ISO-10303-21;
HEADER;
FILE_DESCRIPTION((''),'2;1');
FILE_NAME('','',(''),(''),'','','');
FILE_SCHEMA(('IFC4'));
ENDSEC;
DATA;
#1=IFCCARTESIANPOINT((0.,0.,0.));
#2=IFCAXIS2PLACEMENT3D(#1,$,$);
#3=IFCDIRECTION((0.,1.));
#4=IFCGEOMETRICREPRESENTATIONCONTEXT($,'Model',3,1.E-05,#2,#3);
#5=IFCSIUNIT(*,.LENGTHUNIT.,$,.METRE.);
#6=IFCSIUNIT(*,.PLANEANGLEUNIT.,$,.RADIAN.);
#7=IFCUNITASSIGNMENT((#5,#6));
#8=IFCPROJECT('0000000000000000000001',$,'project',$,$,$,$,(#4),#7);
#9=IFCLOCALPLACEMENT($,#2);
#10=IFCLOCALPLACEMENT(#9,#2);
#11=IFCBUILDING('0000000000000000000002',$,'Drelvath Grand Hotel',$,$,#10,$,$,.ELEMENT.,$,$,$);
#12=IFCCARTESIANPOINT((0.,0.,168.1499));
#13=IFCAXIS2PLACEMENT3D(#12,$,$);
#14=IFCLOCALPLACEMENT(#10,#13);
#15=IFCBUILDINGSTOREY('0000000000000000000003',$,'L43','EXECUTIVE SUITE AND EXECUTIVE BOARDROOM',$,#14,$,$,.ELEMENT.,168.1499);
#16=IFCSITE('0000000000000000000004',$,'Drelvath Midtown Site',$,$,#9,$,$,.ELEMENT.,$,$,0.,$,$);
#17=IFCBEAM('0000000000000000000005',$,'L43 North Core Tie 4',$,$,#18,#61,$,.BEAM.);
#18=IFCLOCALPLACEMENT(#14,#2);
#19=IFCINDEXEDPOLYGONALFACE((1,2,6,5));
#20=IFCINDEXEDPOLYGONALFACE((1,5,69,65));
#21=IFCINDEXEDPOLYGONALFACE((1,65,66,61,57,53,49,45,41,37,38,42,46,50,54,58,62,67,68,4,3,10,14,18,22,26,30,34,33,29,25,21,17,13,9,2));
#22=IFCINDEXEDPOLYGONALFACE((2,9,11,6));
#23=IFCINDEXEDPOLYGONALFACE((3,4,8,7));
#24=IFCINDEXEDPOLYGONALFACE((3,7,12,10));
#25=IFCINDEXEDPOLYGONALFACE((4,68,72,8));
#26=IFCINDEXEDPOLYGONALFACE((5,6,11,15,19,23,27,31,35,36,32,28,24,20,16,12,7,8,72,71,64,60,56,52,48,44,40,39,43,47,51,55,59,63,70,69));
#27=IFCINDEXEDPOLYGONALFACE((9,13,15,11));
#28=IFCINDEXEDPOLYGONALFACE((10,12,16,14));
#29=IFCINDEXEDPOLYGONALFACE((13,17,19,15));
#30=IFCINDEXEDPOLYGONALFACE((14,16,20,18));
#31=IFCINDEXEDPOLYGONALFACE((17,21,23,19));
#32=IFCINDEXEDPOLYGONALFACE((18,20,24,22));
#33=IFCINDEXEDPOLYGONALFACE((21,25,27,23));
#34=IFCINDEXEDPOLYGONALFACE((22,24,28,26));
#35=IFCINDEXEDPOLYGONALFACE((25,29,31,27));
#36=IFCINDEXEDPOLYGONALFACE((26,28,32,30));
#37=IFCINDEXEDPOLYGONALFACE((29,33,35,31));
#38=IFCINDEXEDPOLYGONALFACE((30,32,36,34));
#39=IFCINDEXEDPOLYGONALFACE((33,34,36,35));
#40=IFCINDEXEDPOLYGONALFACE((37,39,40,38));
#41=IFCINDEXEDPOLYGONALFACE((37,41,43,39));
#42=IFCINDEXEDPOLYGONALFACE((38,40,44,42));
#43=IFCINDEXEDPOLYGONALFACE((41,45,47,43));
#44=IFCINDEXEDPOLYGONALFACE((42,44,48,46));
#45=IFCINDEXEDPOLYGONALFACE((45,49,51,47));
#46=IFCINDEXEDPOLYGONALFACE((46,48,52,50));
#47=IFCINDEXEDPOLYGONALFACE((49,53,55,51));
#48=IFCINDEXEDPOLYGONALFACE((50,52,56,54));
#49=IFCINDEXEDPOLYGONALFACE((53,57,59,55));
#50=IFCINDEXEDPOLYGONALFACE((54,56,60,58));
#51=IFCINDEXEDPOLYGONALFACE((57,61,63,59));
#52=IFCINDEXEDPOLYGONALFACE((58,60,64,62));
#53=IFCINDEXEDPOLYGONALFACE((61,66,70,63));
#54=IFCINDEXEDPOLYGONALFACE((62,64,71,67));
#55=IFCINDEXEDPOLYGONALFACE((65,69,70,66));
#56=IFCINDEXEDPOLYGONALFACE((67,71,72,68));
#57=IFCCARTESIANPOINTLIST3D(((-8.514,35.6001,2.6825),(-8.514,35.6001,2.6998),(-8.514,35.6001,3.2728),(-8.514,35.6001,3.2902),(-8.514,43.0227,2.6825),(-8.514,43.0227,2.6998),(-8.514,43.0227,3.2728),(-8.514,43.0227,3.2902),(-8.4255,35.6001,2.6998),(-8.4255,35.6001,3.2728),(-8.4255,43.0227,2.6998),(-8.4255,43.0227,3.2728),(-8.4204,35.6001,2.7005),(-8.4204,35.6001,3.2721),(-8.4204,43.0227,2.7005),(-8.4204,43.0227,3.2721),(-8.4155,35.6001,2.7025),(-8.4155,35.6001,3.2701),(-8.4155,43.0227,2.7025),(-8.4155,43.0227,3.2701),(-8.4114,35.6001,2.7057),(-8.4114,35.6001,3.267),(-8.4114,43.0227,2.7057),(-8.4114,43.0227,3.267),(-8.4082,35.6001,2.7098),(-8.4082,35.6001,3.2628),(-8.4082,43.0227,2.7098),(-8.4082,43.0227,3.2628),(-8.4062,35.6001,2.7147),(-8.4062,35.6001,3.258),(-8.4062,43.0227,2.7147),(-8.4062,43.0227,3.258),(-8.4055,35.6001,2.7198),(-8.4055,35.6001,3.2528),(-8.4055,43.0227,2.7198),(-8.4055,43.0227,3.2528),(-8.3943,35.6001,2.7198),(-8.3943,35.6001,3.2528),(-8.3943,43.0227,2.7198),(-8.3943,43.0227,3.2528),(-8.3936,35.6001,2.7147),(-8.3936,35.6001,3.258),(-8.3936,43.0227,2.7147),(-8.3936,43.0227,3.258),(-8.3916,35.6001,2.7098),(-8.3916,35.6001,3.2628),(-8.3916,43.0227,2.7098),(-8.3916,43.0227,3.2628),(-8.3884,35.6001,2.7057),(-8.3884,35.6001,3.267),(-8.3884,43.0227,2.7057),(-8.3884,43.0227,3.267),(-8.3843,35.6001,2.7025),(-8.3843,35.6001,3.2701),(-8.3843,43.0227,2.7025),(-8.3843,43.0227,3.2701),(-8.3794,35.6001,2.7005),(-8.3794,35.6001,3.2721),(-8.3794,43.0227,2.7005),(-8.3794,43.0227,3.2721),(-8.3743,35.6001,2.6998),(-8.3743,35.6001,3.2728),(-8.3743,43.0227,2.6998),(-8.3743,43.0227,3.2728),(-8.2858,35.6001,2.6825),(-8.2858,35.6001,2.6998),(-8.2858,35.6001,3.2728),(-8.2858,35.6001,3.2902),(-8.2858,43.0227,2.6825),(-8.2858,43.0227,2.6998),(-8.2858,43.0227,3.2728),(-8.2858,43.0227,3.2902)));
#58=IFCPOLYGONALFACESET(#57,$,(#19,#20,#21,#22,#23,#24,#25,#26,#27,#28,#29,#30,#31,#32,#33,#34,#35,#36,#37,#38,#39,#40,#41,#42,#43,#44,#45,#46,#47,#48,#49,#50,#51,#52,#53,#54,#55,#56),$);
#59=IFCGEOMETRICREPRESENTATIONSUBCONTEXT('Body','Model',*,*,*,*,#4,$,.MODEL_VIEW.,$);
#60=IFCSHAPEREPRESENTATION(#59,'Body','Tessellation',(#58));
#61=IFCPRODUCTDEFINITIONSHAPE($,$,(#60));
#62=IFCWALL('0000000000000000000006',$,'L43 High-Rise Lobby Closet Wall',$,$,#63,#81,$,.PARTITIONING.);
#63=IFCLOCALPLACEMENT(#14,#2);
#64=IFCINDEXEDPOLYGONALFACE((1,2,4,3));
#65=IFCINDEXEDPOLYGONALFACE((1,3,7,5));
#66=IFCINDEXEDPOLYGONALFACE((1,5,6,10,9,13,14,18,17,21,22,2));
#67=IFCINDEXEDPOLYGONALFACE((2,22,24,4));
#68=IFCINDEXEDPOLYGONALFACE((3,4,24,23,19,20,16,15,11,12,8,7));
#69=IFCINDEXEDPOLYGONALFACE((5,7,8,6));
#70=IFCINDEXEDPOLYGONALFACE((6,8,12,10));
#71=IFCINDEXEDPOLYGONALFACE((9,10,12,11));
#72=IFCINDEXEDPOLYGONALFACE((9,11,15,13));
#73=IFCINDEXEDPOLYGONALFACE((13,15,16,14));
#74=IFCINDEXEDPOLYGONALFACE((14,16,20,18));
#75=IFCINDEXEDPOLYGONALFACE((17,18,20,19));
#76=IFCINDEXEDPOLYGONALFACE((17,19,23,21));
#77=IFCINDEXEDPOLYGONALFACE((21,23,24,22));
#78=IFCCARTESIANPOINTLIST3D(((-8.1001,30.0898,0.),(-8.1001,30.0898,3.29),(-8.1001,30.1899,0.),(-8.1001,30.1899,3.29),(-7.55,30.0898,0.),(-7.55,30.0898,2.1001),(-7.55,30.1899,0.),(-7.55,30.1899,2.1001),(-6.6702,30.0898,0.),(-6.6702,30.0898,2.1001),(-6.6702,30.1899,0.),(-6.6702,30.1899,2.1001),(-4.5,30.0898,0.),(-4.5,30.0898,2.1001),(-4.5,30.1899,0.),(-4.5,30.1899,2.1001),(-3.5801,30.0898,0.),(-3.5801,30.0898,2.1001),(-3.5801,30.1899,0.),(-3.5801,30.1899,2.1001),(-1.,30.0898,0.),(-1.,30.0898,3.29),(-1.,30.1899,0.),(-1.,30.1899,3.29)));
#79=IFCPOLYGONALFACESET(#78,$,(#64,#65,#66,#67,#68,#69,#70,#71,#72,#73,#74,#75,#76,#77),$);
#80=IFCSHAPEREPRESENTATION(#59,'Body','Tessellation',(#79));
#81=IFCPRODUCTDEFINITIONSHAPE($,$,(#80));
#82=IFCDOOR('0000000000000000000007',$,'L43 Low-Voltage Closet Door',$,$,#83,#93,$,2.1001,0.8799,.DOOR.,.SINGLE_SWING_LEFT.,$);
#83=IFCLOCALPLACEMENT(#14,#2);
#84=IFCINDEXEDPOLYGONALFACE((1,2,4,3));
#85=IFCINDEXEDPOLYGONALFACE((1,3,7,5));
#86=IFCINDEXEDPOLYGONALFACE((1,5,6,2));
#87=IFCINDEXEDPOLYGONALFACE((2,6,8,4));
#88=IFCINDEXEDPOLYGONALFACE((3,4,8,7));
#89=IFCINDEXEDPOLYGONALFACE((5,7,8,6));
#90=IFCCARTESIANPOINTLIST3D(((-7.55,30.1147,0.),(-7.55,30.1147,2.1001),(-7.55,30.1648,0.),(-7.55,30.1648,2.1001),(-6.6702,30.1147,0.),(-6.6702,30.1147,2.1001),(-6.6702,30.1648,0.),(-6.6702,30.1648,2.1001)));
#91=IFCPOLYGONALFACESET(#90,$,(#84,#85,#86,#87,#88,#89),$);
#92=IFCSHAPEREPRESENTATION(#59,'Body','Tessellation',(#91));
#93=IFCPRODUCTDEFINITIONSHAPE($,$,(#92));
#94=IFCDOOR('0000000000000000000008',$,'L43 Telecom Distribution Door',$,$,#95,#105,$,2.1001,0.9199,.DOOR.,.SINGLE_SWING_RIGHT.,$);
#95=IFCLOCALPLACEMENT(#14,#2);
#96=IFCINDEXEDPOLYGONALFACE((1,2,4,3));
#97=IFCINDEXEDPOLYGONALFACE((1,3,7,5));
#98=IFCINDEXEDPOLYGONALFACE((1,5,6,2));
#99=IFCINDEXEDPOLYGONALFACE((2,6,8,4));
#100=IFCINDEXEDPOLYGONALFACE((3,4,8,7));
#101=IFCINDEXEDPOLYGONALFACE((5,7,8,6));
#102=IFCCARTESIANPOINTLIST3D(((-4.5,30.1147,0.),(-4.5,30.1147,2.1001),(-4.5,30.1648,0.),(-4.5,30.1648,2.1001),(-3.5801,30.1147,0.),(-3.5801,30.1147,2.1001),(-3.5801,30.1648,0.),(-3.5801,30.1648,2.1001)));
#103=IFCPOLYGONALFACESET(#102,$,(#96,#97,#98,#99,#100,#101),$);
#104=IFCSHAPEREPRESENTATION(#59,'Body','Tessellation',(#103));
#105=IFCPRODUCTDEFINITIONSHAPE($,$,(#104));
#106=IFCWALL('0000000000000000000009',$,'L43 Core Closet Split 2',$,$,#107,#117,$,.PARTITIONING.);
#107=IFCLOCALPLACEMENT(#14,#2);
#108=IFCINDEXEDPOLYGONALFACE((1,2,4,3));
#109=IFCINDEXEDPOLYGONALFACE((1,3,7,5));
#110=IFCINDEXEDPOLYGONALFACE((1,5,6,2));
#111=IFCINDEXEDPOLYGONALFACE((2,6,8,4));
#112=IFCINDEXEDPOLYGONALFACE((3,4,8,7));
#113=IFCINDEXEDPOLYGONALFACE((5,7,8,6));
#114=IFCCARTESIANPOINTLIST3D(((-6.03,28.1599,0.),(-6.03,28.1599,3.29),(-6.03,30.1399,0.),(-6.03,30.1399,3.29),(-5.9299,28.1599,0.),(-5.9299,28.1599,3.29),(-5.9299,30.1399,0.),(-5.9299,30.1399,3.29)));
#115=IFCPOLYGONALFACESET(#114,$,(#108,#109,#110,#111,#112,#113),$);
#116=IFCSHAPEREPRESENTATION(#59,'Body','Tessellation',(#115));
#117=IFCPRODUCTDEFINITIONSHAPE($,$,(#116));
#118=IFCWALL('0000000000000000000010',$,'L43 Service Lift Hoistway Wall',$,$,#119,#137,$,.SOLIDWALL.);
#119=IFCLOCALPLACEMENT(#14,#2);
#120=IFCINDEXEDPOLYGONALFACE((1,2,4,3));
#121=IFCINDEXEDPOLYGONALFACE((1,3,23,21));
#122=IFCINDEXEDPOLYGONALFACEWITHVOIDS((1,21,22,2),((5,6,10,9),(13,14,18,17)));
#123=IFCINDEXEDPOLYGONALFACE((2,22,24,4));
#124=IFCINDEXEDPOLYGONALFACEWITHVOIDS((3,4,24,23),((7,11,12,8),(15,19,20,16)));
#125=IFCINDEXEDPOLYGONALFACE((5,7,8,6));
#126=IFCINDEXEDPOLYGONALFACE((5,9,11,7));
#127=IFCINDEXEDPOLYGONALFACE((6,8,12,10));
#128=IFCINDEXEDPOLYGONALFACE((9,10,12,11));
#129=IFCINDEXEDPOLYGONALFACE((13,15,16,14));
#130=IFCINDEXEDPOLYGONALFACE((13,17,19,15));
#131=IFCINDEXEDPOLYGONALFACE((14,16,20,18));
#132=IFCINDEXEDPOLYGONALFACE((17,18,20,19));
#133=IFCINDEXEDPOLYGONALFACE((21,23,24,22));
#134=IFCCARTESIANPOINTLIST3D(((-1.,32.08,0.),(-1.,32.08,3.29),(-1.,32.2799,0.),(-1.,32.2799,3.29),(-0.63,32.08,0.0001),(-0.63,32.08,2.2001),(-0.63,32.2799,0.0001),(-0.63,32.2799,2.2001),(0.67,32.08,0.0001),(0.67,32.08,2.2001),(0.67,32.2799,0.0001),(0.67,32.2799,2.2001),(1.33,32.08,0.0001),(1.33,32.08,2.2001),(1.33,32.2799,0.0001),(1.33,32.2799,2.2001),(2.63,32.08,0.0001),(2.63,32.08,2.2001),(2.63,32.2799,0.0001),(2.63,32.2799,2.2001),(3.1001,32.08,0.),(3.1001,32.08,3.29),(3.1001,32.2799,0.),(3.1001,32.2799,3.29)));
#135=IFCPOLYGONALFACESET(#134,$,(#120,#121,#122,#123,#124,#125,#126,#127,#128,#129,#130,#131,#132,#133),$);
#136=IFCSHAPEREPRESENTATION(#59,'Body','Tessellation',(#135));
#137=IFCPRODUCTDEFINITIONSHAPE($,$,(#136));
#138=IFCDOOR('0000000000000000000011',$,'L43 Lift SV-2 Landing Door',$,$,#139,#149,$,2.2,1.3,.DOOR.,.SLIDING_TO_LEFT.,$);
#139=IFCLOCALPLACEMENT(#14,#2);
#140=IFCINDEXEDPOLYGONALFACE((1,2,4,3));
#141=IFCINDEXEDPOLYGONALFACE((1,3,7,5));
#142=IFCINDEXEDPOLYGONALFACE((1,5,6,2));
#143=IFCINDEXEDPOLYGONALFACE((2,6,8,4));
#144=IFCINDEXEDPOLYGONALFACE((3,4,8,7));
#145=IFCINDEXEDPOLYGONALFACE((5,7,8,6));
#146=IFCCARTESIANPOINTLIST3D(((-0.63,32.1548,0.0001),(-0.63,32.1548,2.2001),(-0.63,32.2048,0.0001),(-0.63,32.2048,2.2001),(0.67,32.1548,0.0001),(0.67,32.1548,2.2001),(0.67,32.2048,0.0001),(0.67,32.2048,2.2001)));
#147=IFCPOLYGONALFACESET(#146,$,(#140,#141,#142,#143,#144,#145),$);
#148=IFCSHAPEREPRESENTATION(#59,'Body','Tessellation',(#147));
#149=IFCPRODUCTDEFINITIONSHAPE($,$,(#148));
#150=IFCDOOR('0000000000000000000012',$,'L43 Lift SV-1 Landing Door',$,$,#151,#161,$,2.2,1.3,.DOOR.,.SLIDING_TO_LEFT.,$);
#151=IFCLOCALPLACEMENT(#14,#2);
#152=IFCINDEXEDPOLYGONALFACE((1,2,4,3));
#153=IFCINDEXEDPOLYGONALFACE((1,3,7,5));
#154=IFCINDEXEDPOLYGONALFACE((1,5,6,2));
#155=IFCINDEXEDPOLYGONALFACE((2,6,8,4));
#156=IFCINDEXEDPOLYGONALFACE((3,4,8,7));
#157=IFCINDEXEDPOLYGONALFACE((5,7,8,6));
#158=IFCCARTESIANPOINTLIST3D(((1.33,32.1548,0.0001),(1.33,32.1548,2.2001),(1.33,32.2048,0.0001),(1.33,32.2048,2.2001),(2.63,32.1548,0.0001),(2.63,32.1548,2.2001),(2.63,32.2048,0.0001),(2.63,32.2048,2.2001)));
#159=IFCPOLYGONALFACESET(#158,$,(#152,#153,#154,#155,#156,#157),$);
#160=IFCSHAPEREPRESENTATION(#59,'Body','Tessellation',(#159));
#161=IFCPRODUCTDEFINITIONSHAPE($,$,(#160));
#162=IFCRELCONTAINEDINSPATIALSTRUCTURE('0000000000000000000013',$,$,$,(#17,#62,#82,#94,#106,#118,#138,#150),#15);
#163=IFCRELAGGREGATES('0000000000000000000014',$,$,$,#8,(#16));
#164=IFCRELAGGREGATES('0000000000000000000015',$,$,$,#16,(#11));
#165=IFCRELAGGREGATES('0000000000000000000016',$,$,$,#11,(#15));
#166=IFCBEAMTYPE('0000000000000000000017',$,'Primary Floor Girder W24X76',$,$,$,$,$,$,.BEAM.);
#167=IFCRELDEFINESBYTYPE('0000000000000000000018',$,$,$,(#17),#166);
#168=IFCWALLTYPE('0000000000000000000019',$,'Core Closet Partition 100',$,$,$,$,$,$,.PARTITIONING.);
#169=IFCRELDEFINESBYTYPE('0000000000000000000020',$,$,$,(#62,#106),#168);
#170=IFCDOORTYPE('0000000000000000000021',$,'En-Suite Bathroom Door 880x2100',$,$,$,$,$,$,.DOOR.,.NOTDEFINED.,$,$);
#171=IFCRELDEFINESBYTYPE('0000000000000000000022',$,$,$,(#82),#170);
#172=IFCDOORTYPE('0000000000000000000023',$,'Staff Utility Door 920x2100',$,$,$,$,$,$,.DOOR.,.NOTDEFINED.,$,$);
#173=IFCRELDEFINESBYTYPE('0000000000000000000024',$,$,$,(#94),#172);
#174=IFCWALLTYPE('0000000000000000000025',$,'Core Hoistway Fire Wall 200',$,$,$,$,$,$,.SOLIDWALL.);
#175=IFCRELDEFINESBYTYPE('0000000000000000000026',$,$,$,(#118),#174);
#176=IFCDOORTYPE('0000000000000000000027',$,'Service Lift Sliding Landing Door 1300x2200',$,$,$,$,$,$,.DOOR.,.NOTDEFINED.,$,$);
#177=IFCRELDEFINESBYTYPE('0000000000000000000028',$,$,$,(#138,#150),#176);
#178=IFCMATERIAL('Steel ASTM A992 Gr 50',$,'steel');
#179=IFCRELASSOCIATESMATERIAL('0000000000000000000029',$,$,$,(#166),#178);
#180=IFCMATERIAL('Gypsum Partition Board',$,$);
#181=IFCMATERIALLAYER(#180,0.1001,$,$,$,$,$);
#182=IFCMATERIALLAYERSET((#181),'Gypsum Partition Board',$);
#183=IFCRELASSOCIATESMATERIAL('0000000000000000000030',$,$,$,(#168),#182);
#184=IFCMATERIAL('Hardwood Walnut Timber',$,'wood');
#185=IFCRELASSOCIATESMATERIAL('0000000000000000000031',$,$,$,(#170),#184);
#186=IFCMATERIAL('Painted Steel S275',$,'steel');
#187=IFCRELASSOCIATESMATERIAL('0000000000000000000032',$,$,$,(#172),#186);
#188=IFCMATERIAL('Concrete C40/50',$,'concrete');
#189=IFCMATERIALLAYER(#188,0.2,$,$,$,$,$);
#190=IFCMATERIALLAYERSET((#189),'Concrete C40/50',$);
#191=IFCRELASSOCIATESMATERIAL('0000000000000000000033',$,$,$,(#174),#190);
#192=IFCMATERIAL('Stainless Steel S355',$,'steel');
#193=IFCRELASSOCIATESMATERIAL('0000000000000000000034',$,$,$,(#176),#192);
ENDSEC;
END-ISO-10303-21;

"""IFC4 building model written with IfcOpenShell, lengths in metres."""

from ifc_helpers import new_model, si_unit, direction, frame, frame_2d, origin, origin_2d, place, context, subcontext, project, spatial, rectangle, i_section, extrude, material, layer, layer_set, material_profile, profile_set, type_object, element, fill, save


model = new_model("IFC4")

# Units and contexts
model_context = context("Model", 3, precision=1e-05, world=origin(), true_north=direction((0.0, 1.0)))
body_context = subcontext(model_context, "Body", "Model", "MODEL_VIEW")
ifc_project = project(units=[si_unit("LENGTHUNIT", "METRE"), si_unit("PLANEANGLEUNIT", "RADIAN")], contexts=[model_context])

# Site, building, storey
site_placement = place(None, origin())
site = spatial("IfcSite", under=ifc_project, at=site_placement, Name="Drelvath Midtown Site", CompositionType="ELEMENT", RefElevation=0.0)
building_placement = place(site_placement, origin())
building = spatial("IfcBuilding", under=site, at=building_placement, Name="Drelvath Grand Hotel", CompositionType="ELEMENT")
storey_placement = place(building_placement, frame((0.0, 0.0, 168.1499)))
storey = spatial("IfcBuildingStorey", under=building, at=storey_placement, Name="L43", Description="EXECUTIVE SUITE AND EXECUTIVE BOARDROOM", CompositionType="ELEMENT", Elevation=168.1499)

# Beam
ifc_material_1 = material(Name="Steel ASTM A992 Gr 50", Category="steel")
ifc_material_profile_1 = material_profile(ifc_material_1, i_section(OverallWidth=0.2283, OverallDepth=0.6077, WebThickness=0.0112, FlangeThickness=0.0173, FilletRadius=0.02, at=origin_2d()), Name="W24X76")
ifc_profile_set_1 = profile_set([ifc_material_profile_1], Name="Steel ASTM A992 Gr 50")
beam_type_1 = type_object("IfcBeamType", Name="Primary Floor Girder W24X76", PredefinedType="BEAM", material=ifc_profile_set_1)
for number, where, z_axis, x_axis, name in (
    (1, (-8.3999, 35.6001, 2.9863), (0.0, 1.0, 0.0), (-1.0, 0.0, 0.0), "L43 North Core Tie 4"),
):
    element("IfcBeam", number, at=place(storey_placement, frame(where, z_axis=z_axis, x_axis=x_axis)), inside=storey, type_object=beam_type_1, Name=name, PredefinedType="BEAM", context=body_context, shape_type="SweptSolid", body=[
        extrude(i_section(OverallWidth=0.2283, OverallDepth=0.6077, WebThickness=0.0112, FlangeThickness=0.0173, FilletRadius=0.02, at=origin_2d()), origin(), (0.0, 0.0, 1.0), 7.4226),
    ])

# Wall, openings, doors
ifc_material_2 = material(Name="Gypsum Partition Board")
ifc_layer_1 = layer(ifc_material_2, 0.1001)
ifc_layer_set_1 = layer_set([ifc_layer_1], Name="Gypsum Partition Board")
wall_type_1 = type_object("IfcWallType", Name="Core Closet Partition 100", PredefinedType="PARTITIONING", material=ifc_layer_set_1)
wall_1_placement = place(storey_placement, frame((-8.1001, 30.1399, 0.0), z_axis=(0.0, 0.0, 1.0), x_axis=(1.0, 0.0, 0.0)))
wall_1 = element("IfcWall", 2, at=wall_1_placement, inside=storey, type_object=wall_type_1, Name="L43 High-Rise Lobby Closet Wall", PredefinedType="PARTITIONING", context=body_context, shape_type="SweptSolid", body=[
    extrude(rectangle(XDim=7.1001, YDim=0.1001, at=frame_2d((3.55, 0.0))), origin(), (0.0, 0.0, 1.0), 3.29),
])
opening_1_placement = place(wall_1_placement, frame((0.55, 0.0, 0.0)))
opening_1 = element("IfcOpeningElement", 3, at=opening_1_placement, cuts=wall_1, PredefinedType="OPENING", context=body_context, shape_type="SweptSolid", body=[
    extrude(rectangle(XDim=0.8799, YDim=2.1001, at=frame_2d((0.4399, 1.05))), frame((0.0, 0.0601, 0.0), z_axis=(0.0, -1.0, 0.0), x_axis=(1.0, 0.0, 0.0)), (0.0, 0.0, 1.0), 0.1201),
])
opening_2_placement = place(wall_1_placement, frame((3.6001, 0.0, 0.0)))
opening_2 = element("IfcOpeningElement", 4, at=opening_2_placement, cuts=wall_1, PredefinedType="OPENING", context=body_context, shape_type="SweptSolid", body=[
    extrude(rectangle(XDim=0.9199, YDim=2.1001, at=frame_2d((0.46, 1.05))), frame((0.0, 0.0601, 0.0), z_axis=(0.0, -1.0, 0.0), x_axis=(1.0, 0.0, 0.0)), (0.0, 0.0, 1.0), 0.1201),
])
ifc_material_3 = material(Name="Hardwood Walnut Timber", Category="wood")
door_type_1 = type_object("IfcDoorType", Name="En-Suite Bathroom Door 880x2100", OperationType="NOTDEFINED", PredefinedType="DOOR", material=ifc_material_3)
door_1_placement = place(opening_1_placement, origin())
door_1 = element("IfcDoor", 5, at=door_1_placement, inside=storey, type_object=door_type_1, Name="L43 Low-Voltage Closet Door", OperationType="SINGLE_SWING_LEFT", OverallHeight=2.1001, OverallWidth=0.8799, PredefinedType="DOOR", context=body_context, shape_type="SweptSolid", body=[
    extrude(rectangle(XDim=0.8799, YDim=2.1001, at=frame_2d((0.4399, 1.05))), frame((0.0, 0.0249, 0.0), z_axis=(0.0, -1.0, 0.0), x_axis=(1.0, 0.0, 0.0)), (0.0, 0.0, 1.0), 0.05),
])
fill(opening_1, door_1)
ifc_material_4 = material(Name="Painted Steel S275", Category="steel")
door_type_2 = type_object("IfcDoorType", Name="Staff Utility Door 920x2100", OperationType="NOTDEFINED", PredefinedType="DOOR", material=ifc_material_4)
door_2_placement = place(opening_2_placement, origin())
door_2 = element("IfcDoor", 6, at=door_2_placement, inside=storey, type_object=door_type_2, Name="L43 Telecom Distribution Door", OperationType="SINGLE_SWING_RIGHT", OverallHeight=2.1001, OverallWidth=0.9199, PredefinedType="DOOR", context=body_context, shape_type="SweptSolid", body=[
    extrude(rectangle(XDim=0.9199, YDim=2.1001, at=frame_2d((0.46, 1.05))), frame((0.0, 0.0249, 0.0), z_axis=(0.0, -1.0, 0.0), x_axis=(1.0, 0.0, 0.0)), (0.0, 0.0, 1.0), 0.05),
])
fill(opening_2, door_2)

# Wall
wall_2_placement = place(storey_placement, frame((-5.98, 28.1599, 0.0), z_axis=(0.0, 0.0, 1.0), x_axis=(0.0, 1.0, 0.0)))
element("IfcWall", 7, at=wall_2_placement, inside=storey, type_object=wall_type_1, Name="L43 Core Closet Split 2", PredefinedType="PARTITIONING", context=body_context, shape_type="SweptSolid", body=[
    extrude(rectangle(XDim=1.98, YDim=0.1001, at=frame_2d((0.99, 0.0))), origin(), (0.0, 0.0, 1.0), 3.29),
])

# Wall, openings, doors
ifc_material_5 = material(Name="Concrete C40/50", Category="concrete")
ifc_layer_2 = layer(ifc_material_5, 0.2)
ifc_layer_set_2 = layer_set([ifc_layer_2], Name="Concrete C40/50")
wall_type_2 = type_object("IfcWallType", Name="Core Hoistway Fire Wall 200", PredefinedType="SOLIDWALL", material=ifc_layer_set_2)
wall_3_placement = place(storey_placement, frame((-1.0, 32.1799, 0.0), z_axis=(0.0, 0.0, 1.0), x_axis=(1.0, 0.0, 0.0)))
wall_3 = element("IfcWall", 8, at=wall_3_placement, inside=storey, type_object=wall_type_2, Name="L43 Service Lift Hoistway Wall", PredefinedType="SOLIDWALL", context=body_context, shape_type="SweptSolid", body=[
    extrude(rectangle(XDim=4.1001, YDim=0.2, at=frame_2d((2.05, 0.0))), origin(), (0.0, 0.0, 1.0), 3.29),
])
opening_3_placement = place(wall_3_placement, frame((0.3701, 0.0, 0.0)))
opening_3 = element("IfcOpeningElement", 9, at=opening_3_placement, cuts=wall_3, PredefinedType="OPENING", context=body_context, shape_type="SweptSolid", body=[
    extrude(rectangle(XDim=1.3, YDim=2.2, at=frame_2d((0.6499, 1.1001))), frame((0.0, 0.1099, 0.0), z_axis=(0.0, -1.0, 0.0), x_axis=(1.0, 0.0, 0.0)), (0.0, 0.0, 1.0), 0.22),
])
opening_4_placement = place(wall_3_placement, frame((2.3301, 0.0, 0.0)))
opening_4 = element("IfcOpeningElement", 10, at=opening_4_placement, cuts=wall_3, PredefinedType="OPENING", context=body_context, shape_type="SweptSolid", body=[
    extrude(rectangle(XDim=1.3, YDim=2.2, at=frame_2d((0.6499, 1.1001))), frame((0.0, 0.1099, 0.0), z_axis=(0.0, -1.0, 0.0), x_axis=(1.0, 0.0, 0.0)), (0.0, 0.0, 1.0), 0.22),
])
ifc_material_6 = material(Name="Stainless Steel S355", Category="steel")
door_type_3 = type_object("IfcDoorType", Name="Service Lift Sliding Landing Door 1300x2200", OperationType="NOTDEFINED", PredefinedType="DOOR", material=ifc_material_6)
door_3_placement = place(opening_3_placement, origin())
door_3 = element("IfcDoor", 11, at=door_3_placement, inside=storey, type_object=door_type_3, Name="L43 Lift SV-2 Landing Door", OperationType="SLIDING_TO_LEFT", OverallHeight=2.2, OverallWidth=1.3, PredefinedType="DOOR", context=body_context, shape_type="SweptSolid", body=[
    extrude(rectangle(XDim=1.3, YDim=2.2, at=frame_2d((0.6499, 1.1001))), frame((0.0, 0.0249, 0.0), z_axis=(0.0, -1.0, 0.0), x_axis=(1.0, 0.0, 0.0)), (0.0, 0.0, 1.0), 0.05),
])
fill(opening_3, door_3)
door_4_placement = place(opening_4_placement, origin())
door_4 = element("IfcDoor", 12, at=door_4_placement, inside=storey, type_object=door_type_3, Name="L43 Lift SV-1 Landing Door", OperationType="SLIDING_TO_LEFT", OverallHeight=2.2, OverallWidth=1.3, PredefinedType="DOOR", context=body_context, shape_type="SweptSolid", body=[
    extrude(rectangle(XDim=1.3, YDim=2.2, at=frame_2d((0.6499, 1.1001))), frame((0.0, 0.0249, 0.0), z_axis=(0.0, -1.0, 0.0), x_axis=(1.0, 0.0, 0.0)), (0.0, 0.0, 1.0), 0.05),
])
fill(opening_4, door_4)

save(model, "model.ifc")
